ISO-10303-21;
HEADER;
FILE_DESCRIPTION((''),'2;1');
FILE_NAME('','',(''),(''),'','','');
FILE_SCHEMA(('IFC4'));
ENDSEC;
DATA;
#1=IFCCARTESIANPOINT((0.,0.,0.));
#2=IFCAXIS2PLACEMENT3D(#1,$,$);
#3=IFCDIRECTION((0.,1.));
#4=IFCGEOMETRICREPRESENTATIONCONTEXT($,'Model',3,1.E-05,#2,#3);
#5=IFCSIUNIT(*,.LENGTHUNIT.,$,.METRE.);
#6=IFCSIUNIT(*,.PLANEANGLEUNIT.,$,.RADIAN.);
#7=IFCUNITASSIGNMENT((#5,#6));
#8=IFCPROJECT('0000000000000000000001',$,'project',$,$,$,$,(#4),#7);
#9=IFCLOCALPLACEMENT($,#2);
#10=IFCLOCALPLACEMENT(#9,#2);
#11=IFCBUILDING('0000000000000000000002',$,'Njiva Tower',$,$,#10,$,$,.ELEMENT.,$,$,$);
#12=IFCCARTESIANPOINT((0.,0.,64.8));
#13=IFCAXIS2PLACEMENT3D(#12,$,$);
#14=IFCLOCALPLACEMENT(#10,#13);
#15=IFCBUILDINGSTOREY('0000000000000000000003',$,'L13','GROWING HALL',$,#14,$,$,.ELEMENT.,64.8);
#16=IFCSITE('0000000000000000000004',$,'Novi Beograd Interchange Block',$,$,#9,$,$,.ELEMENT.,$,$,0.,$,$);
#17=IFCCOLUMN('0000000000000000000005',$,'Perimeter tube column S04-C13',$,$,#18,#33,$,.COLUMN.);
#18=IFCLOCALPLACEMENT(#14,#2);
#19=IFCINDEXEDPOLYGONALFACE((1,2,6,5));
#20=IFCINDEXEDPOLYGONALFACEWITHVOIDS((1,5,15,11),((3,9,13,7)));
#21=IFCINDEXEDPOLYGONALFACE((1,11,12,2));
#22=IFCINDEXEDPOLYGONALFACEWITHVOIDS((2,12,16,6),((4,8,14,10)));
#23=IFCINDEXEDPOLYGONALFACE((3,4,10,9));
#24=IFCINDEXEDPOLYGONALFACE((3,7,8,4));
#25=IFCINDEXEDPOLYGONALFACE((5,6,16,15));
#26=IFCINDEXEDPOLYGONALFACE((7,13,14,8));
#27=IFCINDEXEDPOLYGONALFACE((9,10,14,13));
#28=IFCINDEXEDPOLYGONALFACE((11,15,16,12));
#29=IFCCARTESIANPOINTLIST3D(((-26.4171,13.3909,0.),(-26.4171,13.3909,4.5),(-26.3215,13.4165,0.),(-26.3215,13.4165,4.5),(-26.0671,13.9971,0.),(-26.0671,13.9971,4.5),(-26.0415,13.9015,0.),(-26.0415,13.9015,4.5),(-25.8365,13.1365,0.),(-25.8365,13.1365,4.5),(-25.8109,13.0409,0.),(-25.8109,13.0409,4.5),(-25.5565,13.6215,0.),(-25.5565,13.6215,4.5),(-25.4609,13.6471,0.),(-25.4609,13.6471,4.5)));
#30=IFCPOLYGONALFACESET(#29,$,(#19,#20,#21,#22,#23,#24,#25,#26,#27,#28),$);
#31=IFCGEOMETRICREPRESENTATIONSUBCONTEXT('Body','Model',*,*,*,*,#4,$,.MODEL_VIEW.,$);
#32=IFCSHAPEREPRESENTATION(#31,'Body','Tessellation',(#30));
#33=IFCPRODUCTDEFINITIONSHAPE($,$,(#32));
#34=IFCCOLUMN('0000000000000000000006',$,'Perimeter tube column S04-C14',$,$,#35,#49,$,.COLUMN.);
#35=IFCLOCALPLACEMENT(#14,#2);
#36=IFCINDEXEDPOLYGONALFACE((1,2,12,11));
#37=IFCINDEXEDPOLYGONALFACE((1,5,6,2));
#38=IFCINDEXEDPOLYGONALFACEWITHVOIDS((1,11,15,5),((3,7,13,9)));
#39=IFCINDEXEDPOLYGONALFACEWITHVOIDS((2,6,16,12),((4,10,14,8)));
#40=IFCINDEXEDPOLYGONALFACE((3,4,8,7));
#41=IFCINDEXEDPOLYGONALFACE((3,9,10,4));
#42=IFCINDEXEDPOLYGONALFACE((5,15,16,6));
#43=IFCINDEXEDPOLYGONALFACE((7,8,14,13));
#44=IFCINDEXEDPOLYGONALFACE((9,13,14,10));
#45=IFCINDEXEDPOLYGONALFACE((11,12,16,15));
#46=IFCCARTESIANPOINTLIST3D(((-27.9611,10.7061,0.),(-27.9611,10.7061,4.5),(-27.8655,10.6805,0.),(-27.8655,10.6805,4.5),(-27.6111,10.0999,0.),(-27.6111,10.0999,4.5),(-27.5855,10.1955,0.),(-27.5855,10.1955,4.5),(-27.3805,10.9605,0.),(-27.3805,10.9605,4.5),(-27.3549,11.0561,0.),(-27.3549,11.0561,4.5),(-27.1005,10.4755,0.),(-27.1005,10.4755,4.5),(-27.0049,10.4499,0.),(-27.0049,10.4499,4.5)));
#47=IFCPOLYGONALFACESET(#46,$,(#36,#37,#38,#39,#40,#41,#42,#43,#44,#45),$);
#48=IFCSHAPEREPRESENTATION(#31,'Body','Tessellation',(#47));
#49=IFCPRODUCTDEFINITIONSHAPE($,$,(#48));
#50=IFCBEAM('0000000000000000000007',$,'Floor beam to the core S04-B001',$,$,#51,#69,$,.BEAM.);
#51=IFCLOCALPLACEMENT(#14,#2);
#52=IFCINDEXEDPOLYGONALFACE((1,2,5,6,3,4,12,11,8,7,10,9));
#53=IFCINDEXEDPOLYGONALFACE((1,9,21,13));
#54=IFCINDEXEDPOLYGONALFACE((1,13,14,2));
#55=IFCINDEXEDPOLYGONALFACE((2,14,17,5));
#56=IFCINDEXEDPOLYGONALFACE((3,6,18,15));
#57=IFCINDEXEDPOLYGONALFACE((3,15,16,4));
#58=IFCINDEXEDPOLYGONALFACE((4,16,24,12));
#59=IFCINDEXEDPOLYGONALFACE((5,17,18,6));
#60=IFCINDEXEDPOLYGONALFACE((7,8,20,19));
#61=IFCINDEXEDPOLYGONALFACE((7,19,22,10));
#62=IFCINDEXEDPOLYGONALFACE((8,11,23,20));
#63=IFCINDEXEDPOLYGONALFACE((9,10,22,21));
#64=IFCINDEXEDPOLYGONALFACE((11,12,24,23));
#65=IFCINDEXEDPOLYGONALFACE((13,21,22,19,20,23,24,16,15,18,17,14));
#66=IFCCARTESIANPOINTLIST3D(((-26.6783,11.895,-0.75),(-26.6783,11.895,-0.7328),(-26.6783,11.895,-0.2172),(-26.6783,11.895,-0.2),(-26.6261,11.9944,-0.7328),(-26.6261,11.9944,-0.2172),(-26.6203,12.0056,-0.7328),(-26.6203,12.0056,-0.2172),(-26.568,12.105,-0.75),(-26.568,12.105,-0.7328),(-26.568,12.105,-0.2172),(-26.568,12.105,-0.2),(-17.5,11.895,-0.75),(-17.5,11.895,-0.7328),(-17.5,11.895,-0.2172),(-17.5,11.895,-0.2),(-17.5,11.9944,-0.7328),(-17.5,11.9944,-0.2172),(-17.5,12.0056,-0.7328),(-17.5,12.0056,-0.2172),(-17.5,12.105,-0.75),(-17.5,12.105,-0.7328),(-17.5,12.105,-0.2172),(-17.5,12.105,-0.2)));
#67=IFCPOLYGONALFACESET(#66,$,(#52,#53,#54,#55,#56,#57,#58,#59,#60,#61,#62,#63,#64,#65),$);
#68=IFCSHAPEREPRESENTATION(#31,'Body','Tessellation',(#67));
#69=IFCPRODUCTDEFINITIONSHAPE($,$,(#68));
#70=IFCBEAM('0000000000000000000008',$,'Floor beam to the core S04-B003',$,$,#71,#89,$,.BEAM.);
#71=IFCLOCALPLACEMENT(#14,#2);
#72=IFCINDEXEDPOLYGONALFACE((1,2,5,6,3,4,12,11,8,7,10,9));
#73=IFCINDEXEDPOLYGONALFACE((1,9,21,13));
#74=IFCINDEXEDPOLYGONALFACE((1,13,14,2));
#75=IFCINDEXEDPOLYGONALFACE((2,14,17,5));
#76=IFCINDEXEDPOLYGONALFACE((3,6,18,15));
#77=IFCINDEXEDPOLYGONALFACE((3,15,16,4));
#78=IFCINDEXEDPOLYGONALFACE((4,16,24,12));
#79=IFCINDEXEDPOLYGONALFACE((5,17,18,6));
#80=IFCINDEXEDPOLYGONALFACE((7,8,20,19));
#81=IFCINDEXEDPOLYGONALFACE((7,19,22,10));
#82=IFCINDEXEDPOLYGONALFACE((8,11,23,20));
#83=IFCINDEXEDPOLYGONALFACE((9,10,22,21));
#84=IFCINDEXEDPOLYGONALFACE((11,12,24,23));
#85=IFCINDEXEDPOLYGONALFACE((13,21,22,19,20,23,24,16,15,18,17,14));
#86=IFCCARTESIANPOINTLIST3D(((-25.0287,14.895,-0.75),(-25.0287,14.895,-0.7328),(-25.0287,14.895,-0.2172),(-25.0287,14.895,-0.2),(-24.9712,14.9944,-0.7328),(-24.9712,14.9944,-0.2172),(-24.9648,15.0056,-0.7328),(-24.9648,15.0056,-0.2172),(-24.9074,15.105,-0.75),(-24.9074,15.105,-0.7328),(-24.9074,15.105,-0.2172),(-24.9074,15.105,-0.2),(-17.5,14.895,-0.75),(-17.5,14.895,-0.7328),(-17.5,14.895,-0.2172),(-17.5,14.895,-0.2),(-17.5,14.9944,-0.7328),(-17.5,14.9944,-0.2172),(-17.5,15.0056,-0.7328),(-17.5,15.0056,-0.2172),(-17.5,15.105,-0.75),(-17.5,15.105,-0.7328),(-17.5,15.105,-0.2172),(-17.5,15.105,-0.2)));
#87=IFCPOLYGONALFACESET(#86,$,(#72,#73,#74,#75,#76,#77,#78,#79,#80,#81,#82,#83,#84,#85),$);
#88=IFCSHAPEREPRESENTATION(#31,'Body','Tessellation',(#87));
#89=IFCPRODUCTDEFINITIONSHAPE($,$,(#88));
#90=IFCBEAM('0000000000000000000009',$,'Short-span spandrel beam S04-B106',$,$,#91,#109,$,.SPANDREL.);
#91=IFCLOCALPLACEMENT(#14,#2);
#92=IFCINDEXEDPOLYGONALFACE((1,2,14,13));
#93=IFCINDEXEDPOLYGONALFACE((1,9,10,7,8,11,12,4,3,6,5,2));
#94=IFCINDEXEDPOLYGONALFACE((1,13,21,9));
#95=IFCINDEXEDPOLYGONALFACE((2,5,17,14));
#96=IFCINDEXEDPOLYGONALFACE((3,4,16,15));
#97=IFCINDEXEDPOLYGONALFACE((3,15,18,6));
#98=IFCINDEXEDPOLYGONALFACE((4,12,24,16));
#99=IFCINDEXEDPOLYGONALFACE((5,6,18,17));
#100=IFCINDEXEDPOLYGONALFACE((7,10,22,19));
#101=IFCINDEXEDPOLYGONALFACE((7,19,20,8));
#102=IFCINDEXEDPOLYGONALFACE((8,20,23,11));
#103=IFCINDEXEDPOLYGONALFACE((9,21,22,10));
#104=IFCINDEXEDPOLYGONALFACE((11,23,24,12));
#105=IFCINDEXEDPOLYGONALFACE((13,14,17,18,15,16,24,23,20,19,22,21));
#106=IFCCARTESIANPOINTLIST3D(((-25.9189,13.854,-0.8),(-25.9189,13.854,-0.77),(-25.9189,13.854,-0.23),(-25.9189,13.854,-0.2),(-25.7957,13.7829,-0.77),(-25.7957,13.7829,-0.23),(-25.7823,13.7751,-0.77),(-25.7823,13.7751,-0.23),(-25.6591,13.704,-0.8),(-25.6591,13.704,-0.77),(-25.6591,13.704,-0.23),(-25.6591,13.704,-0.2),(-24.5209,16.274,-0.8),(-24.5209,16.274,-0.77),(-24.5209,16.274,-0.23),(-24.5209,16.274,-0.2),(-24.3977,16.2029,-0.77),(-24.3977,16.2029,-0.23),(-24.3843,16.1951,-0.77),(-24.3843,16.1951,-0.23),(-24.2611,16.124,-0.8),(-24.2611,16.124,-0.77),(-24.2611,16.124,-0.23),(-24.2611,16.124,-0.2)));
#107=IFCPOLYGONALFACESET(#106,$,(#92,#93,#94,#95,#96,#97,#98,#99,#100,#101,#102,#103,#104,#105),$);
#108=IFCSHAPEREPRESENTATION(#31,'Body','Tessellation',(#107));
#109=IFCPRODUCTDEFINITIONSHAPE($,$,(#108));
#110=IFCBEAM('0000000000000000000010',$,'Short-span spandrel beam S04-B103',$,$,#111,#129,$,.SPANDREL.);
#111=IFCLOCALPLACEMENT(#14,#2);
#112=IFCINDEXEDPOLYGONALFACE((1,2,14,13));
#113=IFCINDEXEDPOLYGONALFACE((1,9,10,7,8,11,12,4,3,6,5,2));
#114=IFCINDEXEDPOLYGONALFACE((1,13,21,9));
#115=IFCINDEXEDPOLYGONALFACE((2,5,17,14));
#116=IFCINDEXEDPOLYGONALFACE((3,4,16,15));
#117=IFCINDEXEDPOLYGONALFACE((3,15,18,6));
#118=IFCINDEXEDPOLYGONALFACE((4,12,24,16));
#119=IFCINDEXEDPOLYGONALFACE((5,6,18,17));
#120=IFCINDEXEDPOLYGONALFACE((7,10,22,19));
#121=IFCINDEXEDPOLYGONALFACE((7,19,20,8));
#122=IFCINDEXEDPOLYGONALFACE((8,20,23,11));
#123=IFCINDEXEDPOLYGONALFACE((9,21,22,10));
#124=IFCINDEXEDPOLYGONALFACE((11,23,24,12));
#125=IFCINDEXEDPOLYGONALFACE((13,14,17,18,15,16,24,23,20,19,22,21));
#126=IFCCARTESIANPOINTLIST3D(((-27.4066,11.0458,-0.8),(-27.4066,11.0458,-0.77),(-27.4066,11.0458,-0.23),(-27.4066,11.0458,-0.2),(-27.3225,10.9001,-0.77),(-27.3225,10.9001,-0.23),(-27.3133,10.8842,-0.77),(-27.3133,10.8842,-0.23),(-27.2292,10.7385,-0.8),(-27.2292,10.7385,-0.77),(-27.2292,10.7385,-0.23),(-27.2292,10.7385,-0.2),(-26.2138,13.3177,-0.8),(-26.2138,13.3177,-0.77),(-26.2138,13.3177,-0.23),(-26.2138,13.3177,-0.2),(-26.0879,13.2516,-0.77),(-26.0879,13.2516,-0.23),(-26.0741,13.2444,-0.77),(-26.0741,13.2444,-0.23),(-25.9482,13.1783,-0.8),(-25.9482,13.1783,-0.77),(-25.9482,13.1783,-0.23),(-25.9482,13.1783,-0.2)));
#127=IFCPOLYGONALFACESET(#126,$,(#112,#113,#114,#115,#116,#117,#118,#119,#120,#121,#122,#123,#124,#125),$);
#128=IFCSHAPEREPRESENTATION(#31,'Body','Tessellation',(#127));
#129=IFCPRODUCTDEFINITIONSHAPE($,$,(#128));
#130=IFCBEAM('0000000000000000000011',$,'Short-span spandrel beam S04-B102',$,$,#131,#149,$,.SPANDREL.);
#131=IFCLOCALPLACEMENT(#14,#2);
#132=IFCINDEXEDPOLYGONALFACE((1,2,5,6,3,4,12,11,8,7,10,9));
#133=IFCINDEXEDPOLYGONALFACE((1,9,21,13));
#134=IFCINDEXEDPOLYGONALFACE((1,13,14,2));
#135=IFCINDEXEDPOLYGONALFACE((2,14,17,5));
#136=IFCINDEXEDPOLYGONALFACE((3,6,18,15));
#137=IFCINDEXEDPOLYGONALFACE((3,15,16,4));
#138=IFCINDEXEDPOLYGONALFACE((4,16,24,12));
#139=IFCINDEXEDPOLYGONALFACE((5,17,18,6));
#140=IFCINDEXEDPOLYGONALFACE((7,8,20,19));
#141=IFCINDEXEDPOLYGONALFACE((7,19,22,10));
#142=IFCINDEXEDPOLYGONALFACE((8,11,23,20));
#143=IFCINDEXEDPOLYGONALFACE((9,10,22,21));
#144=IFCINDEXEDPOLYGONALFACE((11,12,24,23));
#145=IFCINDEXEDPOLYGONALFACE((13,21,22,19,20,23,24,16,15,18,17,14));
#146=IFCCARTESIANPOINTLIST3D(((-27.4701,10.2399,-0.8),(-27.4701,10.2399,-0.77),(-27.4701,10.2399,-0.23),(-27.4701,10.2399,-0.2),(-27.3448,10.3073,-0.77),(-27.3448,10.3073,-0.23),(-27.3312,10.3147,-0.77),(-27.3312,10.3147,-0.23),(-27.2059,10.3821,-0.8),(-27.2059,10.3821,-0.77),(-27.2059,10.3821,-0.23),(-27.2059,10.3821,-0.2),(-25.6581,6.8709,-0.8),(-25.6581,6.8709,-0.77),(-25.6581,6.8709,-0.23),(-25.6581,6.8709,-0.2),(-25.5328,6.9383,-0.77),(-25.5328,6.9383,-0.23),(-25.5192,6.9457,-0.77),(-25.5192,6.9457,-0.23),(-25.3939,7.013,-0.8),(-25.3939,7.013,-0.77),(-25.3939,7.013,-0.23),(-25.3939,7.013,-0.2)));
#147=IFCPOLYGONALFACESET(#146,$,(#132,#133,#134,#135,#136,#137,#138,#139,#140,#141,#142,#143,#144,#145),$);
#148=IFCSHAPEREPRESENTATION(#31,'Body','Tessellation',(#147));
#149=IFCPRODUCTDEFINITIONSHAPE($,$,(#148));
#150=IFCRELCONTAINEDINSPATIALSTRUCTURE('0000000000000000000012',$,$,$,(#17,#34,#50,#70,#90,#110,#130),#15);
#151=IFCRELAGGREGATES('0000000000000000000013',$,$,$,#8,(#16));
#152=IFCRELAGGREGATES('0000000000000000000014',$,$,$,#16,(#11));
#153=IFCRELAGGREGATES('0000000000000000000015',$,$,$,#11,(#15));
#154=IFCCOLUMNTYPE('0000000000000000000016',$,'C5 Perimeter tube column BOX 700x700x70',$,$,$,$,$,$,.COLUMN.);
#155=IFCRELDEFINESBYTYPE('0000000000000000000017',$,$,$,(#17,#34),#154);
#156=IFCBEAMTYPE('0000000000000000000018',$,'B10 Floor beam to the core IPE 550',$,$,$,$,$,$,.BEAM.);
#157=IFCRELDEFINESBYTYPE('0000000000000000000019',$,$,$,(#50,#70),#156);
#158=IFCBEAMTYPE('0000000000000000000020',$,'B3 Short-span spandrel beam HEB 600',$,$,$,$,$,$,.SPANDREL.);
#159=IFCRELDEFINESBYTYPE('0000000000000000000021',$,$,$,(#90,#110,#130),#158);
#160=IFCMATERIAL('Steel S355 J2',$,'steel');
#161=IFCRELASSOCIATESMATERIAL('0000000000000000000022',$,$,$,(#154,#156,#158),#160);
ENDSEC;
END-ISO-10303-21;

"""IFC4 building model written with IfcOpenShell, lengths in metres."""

from ifc_helpers import new_model, si_unit, direction, frame, origin, origin_2d, place, context, subcontext, project, spatial, hollow_rectangle, i_section, extrude, clip, halfspace, material, material_profile, profile_set, type_object, element, save


model = new_model("IFC4")

# Units and contexts
model_context = context("Model", 3, precision=1e-05, world=origin(), true_north=direction((0.0, 1.0)))
body_context = subcontext(model_context, "Body", "Model", "MODEL_VIEW")
ifc_project = project(units=[si_unit("LENGTHUNIT", "METRE"), si_unit("PLANEANGLEUNIT", "RADIAN")], contexts=[model_context])

# Site, building, storey
site_placement = place(None, origin())
site = spatial("IfcSite", under=ifc_project, at=site_placement, Name="Novi Beograd Interchange Block", CompositionType="ELEMENT", RefElevation=0.0)
building_placement = place(site_placement, origin())
building = spatial("IfcBuilding", under=site, at=building_placement, Name="Njiva Tower", CompositionType="ELEMENT")
storey_placement = place(building_placement, frame((0.0, 0.0, 64.8)))
storey = spatial("IfcBuildingStorey", under=building, at=storey_placement, Name="L13", Description="GROWING HALL", CompositionType="ELEMENT", Elevation=64.8)

# Columns
ifc_material_1 = material(Name="Steel S355 J2", Category="steel")
ifc_material_profile_1 = material_profile(ifc_material_1, hollow_rectangle(XDim=0.7, YDim=0.7, WallThickness=0.07, at=origin_2d()), Name="BOX 700x700x70")
ifc_profile_set_1 = profile_set([ifc_material_profile_1], Name="Steel S355 J2")
column_type = type_object("IfcColumnType", Name="C5 Perimeter tube column BOX 700x700x70", PredefinedType="COLUMN", material=ifc_profile_set_1)
for number, where, z_axis, x_axis, name in (
    (1, (-25.939, 13.519, 0.0), (0.0, 0.0, 1.0), (-0.5, -0.866025, 0.0), "Perimeter tube column S04-C13"),
    (2, (-27.483, 10.578, 0.0), (0.0, 0.0, 1.0), (0.5, -0.866025, 0.0), "Perimeter tube column S04-C14"),
):
    element("IfcColumn", number, at=place(storey_placement, frame(where, z_axis=z_axis, x_axis=x_axis)), inside=storey, type_object=column_type, Name=name, PredefinedType="COLUMN", context=body_context, shape_type="SweptSolid", body=[
        extrude(hollow_rectangle(XDim=0.7, YDim=0.7, WallThickness=0.07, at=origin_2d()), origin(), (0.0, 0.0, 1.0), 4.5),
    ])

# Beams
ifc_material_profile_2 = material_profile(ifc_material_1, i_section(OverallWidth=0.21, OverallDepth=0.55, WebThickness=0.0111, FlangeThickness=0.0172, at=origin_2d()), Name="IPE 550")
ifc_profile_set_2 = profile_set([ifc_material_profile_2], Name="Steel S355 J2")
beam_type_1 = type_object("IfcBeamType", Name="B10 Floor beam to the core IPE 550", PredefinedType="BEAM", material=ifc_profile_set_2)
beam_1_placement = place(storey_placement, frame((-26.698, 12.0, -0.475), z_axis=(1.0, 0.0, 0.0), x_axis=(0.0, 1.0, 0.0)))
element("IfcBeam", 3, at=beam_1_placement, inside=storey, type_object=beam_type_1, Name="Floor beam to the core S04-B001", PredefinedType="BEAM", context=body_context, shape_type="Clipping", body=[
    clip(extrude(i_section(OverallWidth=0.21, OverallDepth=0.55, WebThickness=0.0111, FlangeThickness=0.0172, at=origin_2d()), origin(), (0.0, 0.0, 1.0), 9.198), halfspace(frame((0.0232, 0.0, 0.087), z_axis=(0.464889, 0.0, -0.885369), x_axis=(0.0, -1.0, 0.0)), False)),
])
beam_2_placement = place(storey_placement, frame((-25.049, 15.0, -0.475), z_axis=(1.0, 0.0, 0.0), x_axis=(0.0, 1.0, 0.0)))
element("IfcBeam", 4, at=beam_2_placement, inside=storey, type_object=beam_type_1, Name="Floor beam to the core S04-B003", PredefinedType="BEAM", context=body_context, shape_type="Clipping", body=[
    clip(extrude(i_section(OverallWidth=0.21, OverallDepth=0.55, WebThickness=0.0111, FlangeThickness=0.0172, at=origin_2d()), origin(), (0.0, 0.0, 1.0), 7.549), halfspace(frame((0.025, 0.0, 0.0954), z_axis=(0.499998, 0.0, -0.866027), x_axis=(0.0, -1.0, 0.0)), False)),
])
ifc_material_profile_3 = material_profile(ifc_material_1, i_section(OverallWidth=0.3, OverallDepth=0.6, WebThickness=0.0155, FlangeThickness=0.03, at=origin_2d()), Name="HEB 600")
ifc_profile_set_3 = profile_set([ifc_material_profile_3], Name="Steel S355 J2")
beam_type_2 = type_object("IfcBeamType", Name="B3 Short-span spandrel beam HEB 600", PredefinedType="SPANDREL", material=ifc_profile_set_3)
beam_3_placement = place(storey_placement, frame((-24.391, 16.199, -0.5), z_axis=(-0.500218, -0.8659, 0.0), x_axis=(0.8659, -0.500218, 0.0)))
element("IfcBeam", 5, at=beam_3_placement, inside=storey, type_object=beam_type_2, Name="Short-span spandrel beam S04-B106", PredefinedType="SPANDREL", context=body_context, shape_type="SweptSolid", body=[
    extrude(i_section(OverallWidth=0.3, OverallDepth=0.6, WebThickness=0.0155, FlangeThickness=0.03, at=origin_2d()), origin(), (0.0, 0.0, 1.0), 2.7948),
])
beam_4_placement = place(storey_placement, frame((-26.081, 13.248, -0.5), z_axis=(-0.464863, -0.885382, 0.0), x_axis=(0.885382, -0.464863, 0.0)))
element("IfcBeam", 6, at=beam_4_placement, inside=storey, type_object=beam_type_2, Name="Short-span spandrel beam S04-B103", PredefinedType="SPANDREL", context=body_context, shape_type="Clipping", body=[
    clip(extrude(i_section(OverallWidth=0.3, OverallDepth=0.6, WebThickness=0.0155, FlangeThickness=0.03, at=origin_2d()), origin(), (0.0, 0.0, 1.0), 2.776), halfspace(frame((-0.0266, 0.0, 2.644), z_axis=(-0.534334, 0.0, 0.845273), x_axis=(0.0, 1.0, 0.0)), False)),
])
beam_5_placement = place(storey_placement, frame((-27.338, 10.311, -0.5), z_axis=(0.473679, -0.880698, 0.0), x_axis=(0.880698, 0.473679, 0.0)))
element("IfcBeam", 7, at=beam_5_placement, inside=storey, type_object=beam_type_2, Name="Short-span spandrel beam S04-B102", PredefinedType="SPANDREL", context=body_context, shape_type="SweptSolid", body=[
    extrude(i_section(OverallWidth=0.3, OverallDepth=0.6, WebThickness=0.0155, FlangeThickness=0.03, at=origin_2d()), origin(), (0.0, 0.0, 1.0), 3.8254),
])

save(model, "model.ifc")
